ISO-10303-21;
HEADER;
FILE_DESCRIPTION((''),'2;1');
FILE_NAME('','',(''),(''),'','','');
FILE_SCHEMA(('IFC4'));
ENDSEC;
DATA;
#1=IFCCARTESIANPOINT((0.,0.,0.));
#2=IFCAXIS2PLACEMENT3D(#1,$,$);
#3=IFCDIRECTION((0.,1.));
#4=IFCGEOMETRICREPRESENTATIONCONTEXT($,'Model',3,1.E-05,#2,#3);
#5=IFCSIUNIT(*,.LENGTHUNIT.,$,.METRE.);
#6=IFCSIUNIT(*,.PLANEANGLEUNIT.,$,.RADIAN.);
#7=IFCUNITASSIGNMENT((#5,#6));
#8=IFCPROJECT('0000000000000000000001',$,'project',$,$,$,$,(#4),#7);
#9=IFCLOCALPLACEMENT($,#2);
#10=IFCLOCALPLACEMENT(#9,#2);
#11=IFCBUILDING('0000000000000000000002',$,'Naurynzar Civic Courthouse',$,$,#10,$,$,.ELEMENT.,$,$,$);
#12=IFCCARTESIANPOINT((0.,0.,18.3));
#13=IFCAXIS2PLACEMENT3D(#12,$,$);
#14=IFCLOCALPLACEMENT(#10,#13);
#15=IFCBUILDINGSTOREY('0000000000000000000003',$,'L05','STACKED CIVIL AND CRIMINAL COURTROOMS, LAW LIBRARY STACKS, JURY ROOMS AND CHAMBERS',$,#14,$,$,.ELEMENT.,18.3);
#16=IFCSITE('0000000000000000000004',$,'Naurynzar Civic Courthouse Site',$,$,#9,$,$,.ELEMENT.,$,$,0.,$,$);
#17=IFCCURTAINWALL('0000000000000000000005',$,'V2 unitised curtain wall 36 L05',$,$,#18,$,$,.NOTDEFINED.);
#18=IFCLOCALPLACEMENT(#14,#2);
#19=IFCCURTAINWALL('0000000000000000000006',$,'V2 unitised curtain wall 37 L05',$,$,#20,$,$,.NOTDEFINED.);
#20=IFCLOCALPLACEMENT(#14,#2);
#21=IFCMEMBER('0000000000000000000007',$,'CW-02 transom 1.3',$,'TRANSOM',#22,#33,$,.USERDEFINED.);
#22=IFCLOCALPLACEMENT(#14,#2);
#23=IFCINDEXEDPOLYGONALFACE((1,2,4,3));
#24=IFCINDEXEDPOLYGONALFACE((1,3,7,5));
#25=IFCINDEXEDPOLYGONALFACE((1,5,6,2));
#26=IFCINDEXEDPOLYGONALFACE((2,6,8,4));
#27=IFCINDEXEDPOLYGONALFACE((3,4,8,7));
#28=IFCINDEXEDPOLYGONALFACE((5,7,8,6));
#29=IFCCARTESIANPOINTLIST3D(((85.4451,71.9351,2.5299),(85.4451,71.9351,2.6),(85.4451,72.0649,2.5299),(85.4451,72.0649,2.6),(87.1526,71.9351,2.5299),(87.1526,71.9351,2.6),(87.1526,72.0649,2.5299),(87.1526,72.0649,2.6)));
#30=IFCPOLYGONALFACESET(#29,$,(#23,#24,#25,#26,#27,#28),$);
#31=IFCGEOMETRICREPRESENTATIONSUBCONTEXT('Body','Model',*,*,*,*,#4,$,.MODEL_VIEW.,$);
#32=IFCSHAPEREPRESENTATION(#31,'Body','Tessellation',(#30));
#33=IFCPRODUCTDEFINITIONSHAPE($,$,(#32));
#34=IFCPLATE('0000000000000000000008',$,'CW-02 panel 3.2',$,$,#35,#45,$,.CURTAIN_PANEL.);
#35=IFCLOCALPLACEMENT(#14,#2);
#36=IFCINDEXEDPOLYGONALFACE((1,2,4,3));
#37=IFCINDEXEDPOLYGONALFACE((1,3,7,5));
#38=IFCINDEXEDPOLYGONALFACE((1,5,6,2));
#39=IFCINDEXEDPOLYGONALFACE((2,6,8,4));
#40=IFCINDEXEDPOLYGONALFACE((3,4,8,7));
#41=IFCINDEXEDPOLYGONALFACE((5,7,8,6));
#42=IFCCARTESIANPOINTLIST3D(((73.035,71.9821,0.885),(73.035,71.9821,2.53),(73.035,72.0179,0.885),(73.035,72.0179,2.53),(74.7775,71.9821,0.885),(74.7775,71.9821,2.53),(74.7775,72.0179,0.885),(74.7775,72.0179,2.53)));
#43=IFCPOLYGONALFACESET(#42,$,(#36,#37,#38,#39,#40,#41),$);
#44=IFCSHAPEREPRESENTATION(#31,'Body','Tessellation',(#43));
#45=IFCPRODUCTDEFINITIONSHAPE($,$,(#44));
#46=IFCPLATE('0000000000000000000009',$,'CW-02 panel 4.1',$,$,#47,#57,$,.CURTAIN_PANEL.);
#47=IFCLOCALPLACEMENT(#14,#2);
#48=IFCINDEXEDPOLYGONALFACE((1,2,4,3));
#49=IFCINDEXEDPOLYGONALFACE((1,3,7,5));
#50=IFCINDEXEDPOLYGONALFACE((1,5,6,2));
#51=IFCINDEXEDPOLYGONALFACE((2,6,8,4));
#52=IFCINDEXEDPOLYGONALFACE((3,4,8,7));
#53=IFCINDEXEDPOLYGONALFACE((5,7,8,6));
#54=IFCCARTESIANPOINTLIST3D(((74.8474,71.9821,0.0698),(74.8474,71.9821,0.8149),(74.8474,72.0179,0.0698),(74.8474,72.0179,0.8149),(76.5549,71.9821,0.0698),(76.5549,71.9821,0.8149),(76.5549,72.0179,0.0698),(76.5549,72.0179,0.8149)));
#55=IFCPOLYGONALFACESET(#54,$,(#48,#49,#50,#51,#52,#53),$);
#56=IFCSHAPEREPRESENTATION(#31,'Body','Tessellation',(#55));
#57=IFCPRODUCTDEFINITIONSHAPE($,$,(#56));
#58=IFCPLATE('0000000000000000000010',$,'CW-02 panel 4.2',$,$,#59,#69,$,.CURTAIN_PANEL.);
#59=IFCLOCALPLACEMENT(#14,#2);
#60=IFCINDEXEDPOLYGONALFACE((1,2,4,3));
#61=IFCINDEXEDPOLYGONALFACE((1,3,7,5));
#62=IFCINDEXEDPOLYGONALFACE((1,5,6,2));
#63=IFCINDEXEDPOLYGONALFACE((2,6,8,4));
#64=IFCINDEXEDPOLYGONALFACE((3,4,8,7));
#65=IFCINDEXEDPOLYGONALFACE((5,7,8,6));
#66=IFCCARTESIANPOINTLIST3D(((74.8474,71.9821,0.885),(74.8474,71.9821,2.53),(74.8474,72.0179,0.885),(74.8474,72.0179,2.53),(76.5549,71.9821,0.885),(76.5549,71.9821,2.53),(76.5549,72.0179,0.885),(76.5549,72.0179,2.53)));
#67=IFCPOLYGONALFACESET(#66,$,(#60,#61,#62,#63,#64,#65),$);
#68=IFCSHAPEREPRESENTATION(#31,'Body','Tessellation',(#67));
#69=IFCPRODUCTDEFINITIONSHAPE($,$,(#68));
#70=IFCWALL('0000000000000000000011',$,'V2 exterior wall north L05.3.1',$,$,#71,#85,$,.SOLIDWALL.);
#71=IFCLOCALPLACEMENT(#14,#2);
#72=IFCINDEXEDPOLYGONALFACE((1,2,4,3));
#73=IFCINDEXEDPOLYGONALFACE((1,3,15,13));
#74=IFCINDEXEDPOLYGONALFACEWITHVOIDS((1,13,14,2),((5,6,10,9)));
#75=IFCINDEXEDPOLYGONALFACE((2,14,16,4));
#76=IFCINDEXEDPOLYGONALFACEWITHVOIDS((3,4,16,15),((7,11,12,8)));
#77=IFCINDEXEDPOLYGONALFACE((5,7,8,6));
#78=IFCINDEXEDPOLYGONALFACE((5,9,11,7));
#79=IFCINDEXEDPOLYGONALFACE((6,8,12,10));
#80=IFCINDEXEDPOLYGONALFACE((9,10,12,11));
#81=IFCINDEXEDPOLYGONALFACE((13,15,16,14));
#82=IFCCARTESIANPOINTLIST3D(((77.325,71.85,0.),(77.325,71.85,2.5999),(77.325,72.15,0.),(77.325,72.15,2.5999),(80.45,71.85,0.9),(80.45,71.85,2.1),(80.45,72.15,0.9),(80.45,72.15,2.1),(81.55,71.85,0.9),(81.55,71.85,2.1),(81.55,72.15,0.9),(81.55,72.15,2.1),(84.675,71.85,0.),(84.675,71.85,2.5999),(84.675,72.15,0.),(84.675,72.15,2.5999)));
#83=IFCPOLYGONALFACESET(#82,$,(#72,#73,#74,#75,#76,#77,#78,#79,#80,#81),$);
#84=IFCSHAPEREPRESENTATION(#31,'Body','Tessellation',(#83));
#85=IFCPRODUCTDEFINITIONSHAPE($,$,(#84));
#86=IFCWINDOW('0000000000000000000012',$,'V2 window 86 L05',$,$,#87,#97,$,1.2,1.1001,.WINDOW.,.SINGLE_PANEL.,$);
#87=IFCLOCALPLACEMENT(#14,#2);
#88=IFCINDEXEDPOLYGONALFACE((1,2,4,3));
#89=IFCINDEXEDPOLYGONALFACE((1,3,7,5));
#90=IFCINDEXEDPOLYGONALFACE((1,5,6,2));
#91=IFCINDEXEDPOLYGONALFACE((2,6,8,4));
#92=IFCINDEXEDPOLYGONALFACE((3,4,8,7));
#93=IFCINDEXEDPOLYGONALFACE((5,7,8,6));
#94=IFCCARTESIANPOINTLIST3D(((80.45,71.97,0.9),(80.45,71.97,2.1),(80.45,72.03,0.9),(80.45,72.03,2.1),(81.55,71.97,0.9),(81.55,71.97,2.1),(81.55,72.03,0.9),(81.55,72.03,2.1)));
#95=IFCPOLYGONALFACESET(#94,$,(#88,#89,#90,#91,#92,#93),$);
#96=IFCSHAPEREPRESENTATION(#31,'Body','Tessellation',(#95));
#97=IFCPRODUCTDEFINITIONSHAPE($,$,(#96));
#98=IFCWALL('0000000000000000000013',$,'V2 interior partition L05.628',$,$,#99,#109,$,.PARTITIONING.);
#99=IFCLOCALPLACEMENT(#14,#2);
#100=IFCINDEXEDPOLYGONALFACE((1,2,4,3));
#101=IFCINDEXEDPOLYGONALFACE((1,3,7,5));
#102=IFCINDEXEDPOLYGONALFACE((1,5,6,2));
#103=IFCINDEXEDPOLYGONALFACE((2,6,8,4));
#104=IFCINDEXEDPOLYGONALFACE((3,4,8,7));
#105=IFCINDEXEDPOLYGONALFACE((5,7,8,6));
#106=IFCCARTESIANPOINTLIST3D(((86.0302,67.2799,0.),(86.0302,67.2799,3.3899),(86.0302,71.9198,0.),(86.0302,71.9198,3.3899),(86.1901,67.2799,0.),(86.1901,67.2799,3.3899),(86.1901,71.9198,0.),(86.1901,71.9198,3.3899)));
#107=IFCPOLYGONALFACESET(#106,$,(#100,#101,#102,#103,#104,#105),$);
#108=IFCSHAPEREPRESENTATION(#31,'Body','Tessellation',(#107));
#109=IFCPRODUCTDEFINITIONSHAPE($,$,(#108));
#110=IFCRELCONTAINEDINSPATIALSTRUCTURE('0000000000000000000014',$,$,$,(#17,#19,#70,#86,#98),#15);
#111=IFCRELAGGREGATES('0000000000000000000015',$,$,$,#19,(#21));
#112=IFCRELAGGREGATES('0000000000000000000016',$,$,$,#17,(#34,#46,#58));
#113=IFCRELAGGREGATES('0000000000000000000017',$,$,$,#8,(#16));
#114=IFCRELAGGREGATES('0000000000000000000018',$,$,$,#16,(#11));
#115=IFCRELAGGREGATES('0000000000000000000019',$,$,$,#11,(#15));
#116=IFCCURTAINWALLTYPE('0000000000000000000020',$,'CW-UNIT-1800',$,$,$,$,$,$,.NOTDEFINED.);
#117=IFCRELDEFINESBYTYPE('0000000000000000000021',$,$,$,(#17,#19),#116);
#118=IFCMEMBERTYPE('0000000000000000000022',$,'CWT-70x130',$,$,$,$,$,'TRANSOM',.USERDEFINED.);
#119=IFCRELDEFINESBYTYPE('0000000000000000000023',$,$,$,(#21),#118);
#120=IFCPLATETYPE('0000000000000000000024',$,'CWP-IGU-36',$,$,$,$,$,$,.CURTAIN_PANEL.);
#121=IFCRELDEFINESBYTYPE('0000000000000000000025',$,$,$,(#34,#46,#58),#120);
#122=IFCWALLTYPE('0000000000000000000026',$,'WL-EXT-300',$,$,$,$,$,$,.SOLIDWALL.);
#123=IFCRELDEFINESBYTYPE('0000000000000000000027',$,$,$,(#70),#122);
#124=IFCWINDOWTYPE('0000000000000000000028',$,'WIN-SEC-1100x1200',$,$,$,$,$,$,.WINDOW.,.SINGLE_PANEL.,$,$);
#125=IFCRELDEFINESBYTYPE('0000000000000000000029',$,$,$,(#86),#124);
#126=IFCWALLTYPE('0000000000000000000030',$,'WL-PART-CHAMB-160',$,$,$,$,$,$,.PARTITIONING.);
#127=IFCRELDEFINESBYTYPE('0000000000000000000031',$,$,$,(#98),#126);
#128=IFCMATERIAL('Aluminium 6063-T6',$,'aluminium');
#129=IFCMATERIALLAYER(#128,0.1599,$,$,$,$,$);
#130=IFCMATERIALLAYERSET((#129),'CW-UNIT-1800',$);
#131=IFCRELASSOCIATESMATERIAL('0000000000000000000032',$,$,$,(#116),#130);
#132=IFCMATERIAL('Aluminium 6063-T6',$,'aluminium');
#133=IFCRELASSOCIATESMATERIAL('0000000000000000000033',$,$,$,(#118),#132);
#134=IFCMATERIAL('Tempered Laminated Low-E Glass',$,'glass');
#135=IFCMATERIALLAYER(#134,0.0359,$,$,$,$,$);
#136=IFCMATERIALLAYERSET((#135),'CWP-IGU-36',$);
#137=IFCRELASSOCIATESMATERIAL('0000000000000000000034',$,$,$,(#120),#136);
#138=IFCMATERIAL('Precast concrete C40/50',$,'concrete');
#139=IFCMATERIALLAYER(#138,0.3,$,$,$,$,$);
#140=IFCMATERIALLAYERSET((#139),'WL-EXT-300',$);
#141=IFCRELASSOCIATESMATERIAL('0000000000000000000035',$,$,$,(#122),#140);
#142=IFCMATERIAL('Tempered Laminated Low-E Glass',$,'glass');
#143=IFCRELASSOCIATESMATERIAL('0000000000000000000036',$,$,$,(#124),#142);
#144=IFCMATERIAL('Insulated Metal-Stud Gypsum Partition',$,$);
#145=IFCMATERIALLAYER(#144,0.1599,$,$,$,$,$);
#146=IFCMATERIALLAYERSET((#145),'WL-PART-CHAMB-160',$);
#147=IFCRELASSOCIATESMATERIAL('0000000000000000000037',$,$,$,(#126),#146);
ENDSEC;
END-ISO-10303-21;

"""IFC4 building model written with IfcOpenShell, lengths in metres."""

from ifc_helpers import new_model, si_unit, direction, frame, frame_2d, origin, origin_2d, place, context, subcontext, project, spatial, rectangle, extrude, material, layer, layer_set, material_profile, profile_set, type_object, element, fill, aggregate, save


model = new_model("IFC4")

# Units and contexts
model_context = context("Model", 3, precision=1e-05, world=origin(), true_north=direction((0.0, 1.0)))
body_context = subcontext(model_context, "Body", "Model", "MODEL_VIEW")
ifc_project = project(units=[si_unit("LENGTHUNIT", "METRE"), si_unit("PLANEANGLEUNIT", "RADIAN")], contexts=[model_context])

# Site, building, storey
site_placement = place(None, origin())
site = spatial("IfcSite", under=ifc_project, at=site_placement, Name="Naurynzar Civic Courthouse Site", CompositionType="ELEMENT", RefElevation=0.0)
building_placement = place(site_placement, origin())
building = spatial("IfcBuilding", under=site, at=building_placement, Name="Naurynzar Civic Courthouse", CompositionType="ELEMENT")
storey_placement = place(building_placement, frame((0.0, 0.0, 18.3)))
storey = spatial("IfcBuildingStorey", under=building, at=storey_placement, Name="L05", Description="STACKED CIVIL AND CRIMINAL COURTROOMS, LAW LIBRARY STACKS, JURY ROOMS AND CHAMBERS", CompositionType="ELEMENT", Elevation=18.3)

# Curtain wall
ifc_material_1 = material(Name="Aluminium 6063-T6", Category="aluminium")
ifc_layer_1 = layer(ifc_material_1, 0.1599)
ifc_layer_set_1 = layer_set([ifc_layer_1], Name="CW-UNIT-1800")
curtain_wall_type = type_object("IfcCurtainWallType", Name="CW-UNIT-1800", PredefinedType="NOTDEFINED", material=ifc_layer_set_1)
curtain_wall_1_placement = place(storey_placement, origin())
curtain_wall_1 = element("IfcCurtainWall", 1, at=curtain_wall_1_placement, inside=storey, type_object=curtain_wall_type, Name="V2 unitised curtain wall 36 L05", PredefinedType="NOTDEFINED")

# Curtain wall
curtain_wall_2_placement = place(storey_placement, origin())
curtain_wall_2 = element("IfcCurtainWall", 2, at=curtain_wall_2_placement, inside=storey, type_object=curtain_wall_type, Name="V2 unitised curtain wall 37 L05", PredefinedType="NOTDEFINED")

# Member
ifc_material_2 = material(Name="Aluminium 6063-T6", Category="aluminium")
ifc_material_profile_1 = material_profile(ifc_material_2, rectangle(XDim=0.1299, YDim=0.0701, at=origin_2d()), Name="ALU TRANSOM 70x130")
ifc_profile_set_1 = profile_set([ifc_material_profile_1], Name="Aluminium 6063-T6")
member_type_1 = type_object("IfcMemberType", Name="CWT-70x130", ElementType="TRANSOM", PredefinedType="USERDEFINED", material=ifc_profile_set_1)
member_1_placement = place(storey_placement, frame((85.4451, 72.0, 2.5649), z_axis=(1.0, 0.0, 0.0), x_axis=(0.0, 1.0, 0.0)))
member_1 = element("IfcMember", 3, at=member_1_placement, type_object=member_type_1, Name="CW-02 transom 1.3", ObjectType="TRANSOM", PredefinedType="USERDEFINED", context=body_context, shape_type="SweptSolid", body=[
    extrude(rectangle(XDim=0.1299, YDim=0.0701, at=origin_2d()), origin(), (0.0, 0.0, 1.0), 1.7075),
])
aggregate(curtain_wall_2, [member_1])

# Plates
ifc_material_3 = material(Name="Tempered Laminated Low-E Glass", Category="glass")
ifc_layer_2 = layer(ifc_material_3, 0.0359)
ifc_layer_set_2 = layer_set([ifc_layer_2], Name="CWP-IGU-36")
plate_type = type_object("IfcPlateType", Name="CWP-IGU-36", PredefinedType="CURTAIN_PANEL", material=ifc_layer_set_2)
plate_1_placement = place(storey_placement, frame((73.9062, 72.0, 0.885), z_axis=(0.0, 0.0, 1.0), x_axis=(1.0, 0.0, 0.0)))
plate_1 = element("IfcPlate", 4, at=plate_1_placement, type_object=plate_type, Name="CW-02 panel 3.2", PredefinedType="CURTAIN_PANEL", context=body_context, shape_type="SweptSolid", body=[
    extrude(rectangle(XDim=1.7424, YDim=0.0359, at=origin_2d()), origin(), (0.0, 0.0, 1.0), 1.645),
])
plate_2_placement = place(storey_placement, frame((75.7012, 72.0, 0.0698), z_axis=(0.0, 0.0, 1.0), x_axis=(1.0, 0.0, 0.0)))
plate_2 = element("IfcPlate", 5, at=plate_2_placement, type_object=plate_type, Name="CW-02 panel 4.1", PredefinedType="CURTAIN_PANEL", context=body_context, shape_type="SweptSolid", body=[
    extrude(rectangle(XDim=1.7075, YDim=0.0359, at=origin_2d()), origin(), (0.0, 0.0, 1.0), 0.7451),
])
plate_3_placement = place(storey_placement, frame((75.7012, 72.0, 0.885), z_axis=(0.0, 0.0, 1.0), x_axis=(1.0, 0.0, 0.0)))
plate_3 = element("IfcPlate", 6, at=plate_3_placement, type_object=plate_type, Name="CW-02 panel 4.2", PredefinedType="CURTAIN_PANEL", context=body_context, shape_type="SweptSolid", body=[
    extrude(rectangle(XDim=1.7075, YDim=0.0359, at=origin_2d()), origin(), (0.0, 0.0, 1.0), 1.645),
])
aggregate(curtain_wall_1, [plate_1, plate_2, plate_3])

# Wall, opening, window
ifc_material_4 = material(Name="Precast concrete C40/50", Category="concrete")
ifc_layer_3 = layer(ifc_material_4, 0.3)
ifc_layer_set_3 = layer_set([ifc_layer_3], Name="WL-EXT-300")
wall_type_1 = type_object("IfcWallType", Name="WL-EXT-300", PredefinedType="SOLIDWALL", material=ifc_layer_set_3)
wall_1_placement = place(storey_placement, frame((77.325, 72.0, 0.0), z_axis=(0.0, 0.0, 1.0), x_axis=(1.0, 0.0, 0.0)))
wall_1 = element("IfcWall", 7, at=wall_1_placement, inside=storey, type_object=wall_type_1, Name="V2 exterior wall north L05.3.1", PredefinedType="SOLIDWALL", context=body_context, shape_type="SweptSolid", body=[
    extrude(rectangle(XDim=7.3501, YDim=0.3, at=frame_2d((3.675, 0.0))), origin(), (0.0, 0.0, 1.0), 2.5999),
])
opening_placement = place(wall_1_placement, frame((3.125, 0.0, 0.8999)))
opening = element("IfcOpeningElement", 8, at=opening_placement, cuts=wall_1, PredefinedType="OPENING", context=body_context, shape_type="SweptSolid", body=[
    extrude(rectangle(XDim=1.1001, YDim=1.2, at=frame_2d((0.55, 0.6001))), frame((0.0, 0.1599, 0.0), z_axis=(0.0, -1.0, 0.0), x_axis=(1.0, 0.0, 0.0)), (0.0, 0.0, 1.0), 0.3201),
])
ifc_material_5 = material(Name="Tempered Laminated Low-E Glass", Category="glass")
window_type = type_object("IfcWindowType", Name="WIN-SEC-1100x1200", PartitioningType="SINGLE_PANEL", PredefinedType="WINDOW", material=ifc_material_5)
window_placement = place(opening_placement, origin())
window = element("IfcWindow", 9, at=window_placement, inside=storey, type_object=window_type, Name="V2 window 86 L05", OverallHeight=1.2, OverallWidth=1.1001, PartitioningType="SINGLE_PANEL", PredefinedType="WINDOW", context=body_context, shape_type="SweptSolid", body=[
    extrude(rectangle(XDim=1.1001, YDim=1.2, at=frame_2d((0.55, 0.6001))), frame((0.0, 0.03, 0.0), z_axis=(0.0, -1.0, 0.0), x_axis=(1.0, 0.0, 0.0)), (0.0, 0.0, 1.0), 0.0601),
])
fill(opening, window)

# Wall
ifc_material_6 = material(Name="Insulated Metal-Stud Gypsum Partition")
ifc_layer_4 = layer(ifc_material_6, 0.1599)
ifc_layer_set_4 = layer_set([ifc_layer_4], Name="WL-PART-CHAMB-160")
wall_type_2 = type_object("IfcWallType", Name="WL-PART-CHAMB-160", PredefinedType="PARTITIONING", material=ifc_layer_set_4)
wall_2_placement = place(storey_placement, frame((86.1101, 67.28, 0.0), z_axis=(0.0, 0.0, 1.0), x_axis=(0.0, 1.0, 0.0)))
element("IfcWall", 10, at=wall_2_placement, inside=storey, type_object=wall_type_2, Name="V2 interior partition L05.628", PredefinedType="PARTITIONING", context=body_context, shape_type="SweptSolid", body=[
    extrude(rectangle(XDim=4.6399, YDim=0.1599, at=frame_2d((2.3198, 0.0))), origin(), (0.0, 0.0, 1.0), 3.3899),
])

save(model, "model.ifc")
